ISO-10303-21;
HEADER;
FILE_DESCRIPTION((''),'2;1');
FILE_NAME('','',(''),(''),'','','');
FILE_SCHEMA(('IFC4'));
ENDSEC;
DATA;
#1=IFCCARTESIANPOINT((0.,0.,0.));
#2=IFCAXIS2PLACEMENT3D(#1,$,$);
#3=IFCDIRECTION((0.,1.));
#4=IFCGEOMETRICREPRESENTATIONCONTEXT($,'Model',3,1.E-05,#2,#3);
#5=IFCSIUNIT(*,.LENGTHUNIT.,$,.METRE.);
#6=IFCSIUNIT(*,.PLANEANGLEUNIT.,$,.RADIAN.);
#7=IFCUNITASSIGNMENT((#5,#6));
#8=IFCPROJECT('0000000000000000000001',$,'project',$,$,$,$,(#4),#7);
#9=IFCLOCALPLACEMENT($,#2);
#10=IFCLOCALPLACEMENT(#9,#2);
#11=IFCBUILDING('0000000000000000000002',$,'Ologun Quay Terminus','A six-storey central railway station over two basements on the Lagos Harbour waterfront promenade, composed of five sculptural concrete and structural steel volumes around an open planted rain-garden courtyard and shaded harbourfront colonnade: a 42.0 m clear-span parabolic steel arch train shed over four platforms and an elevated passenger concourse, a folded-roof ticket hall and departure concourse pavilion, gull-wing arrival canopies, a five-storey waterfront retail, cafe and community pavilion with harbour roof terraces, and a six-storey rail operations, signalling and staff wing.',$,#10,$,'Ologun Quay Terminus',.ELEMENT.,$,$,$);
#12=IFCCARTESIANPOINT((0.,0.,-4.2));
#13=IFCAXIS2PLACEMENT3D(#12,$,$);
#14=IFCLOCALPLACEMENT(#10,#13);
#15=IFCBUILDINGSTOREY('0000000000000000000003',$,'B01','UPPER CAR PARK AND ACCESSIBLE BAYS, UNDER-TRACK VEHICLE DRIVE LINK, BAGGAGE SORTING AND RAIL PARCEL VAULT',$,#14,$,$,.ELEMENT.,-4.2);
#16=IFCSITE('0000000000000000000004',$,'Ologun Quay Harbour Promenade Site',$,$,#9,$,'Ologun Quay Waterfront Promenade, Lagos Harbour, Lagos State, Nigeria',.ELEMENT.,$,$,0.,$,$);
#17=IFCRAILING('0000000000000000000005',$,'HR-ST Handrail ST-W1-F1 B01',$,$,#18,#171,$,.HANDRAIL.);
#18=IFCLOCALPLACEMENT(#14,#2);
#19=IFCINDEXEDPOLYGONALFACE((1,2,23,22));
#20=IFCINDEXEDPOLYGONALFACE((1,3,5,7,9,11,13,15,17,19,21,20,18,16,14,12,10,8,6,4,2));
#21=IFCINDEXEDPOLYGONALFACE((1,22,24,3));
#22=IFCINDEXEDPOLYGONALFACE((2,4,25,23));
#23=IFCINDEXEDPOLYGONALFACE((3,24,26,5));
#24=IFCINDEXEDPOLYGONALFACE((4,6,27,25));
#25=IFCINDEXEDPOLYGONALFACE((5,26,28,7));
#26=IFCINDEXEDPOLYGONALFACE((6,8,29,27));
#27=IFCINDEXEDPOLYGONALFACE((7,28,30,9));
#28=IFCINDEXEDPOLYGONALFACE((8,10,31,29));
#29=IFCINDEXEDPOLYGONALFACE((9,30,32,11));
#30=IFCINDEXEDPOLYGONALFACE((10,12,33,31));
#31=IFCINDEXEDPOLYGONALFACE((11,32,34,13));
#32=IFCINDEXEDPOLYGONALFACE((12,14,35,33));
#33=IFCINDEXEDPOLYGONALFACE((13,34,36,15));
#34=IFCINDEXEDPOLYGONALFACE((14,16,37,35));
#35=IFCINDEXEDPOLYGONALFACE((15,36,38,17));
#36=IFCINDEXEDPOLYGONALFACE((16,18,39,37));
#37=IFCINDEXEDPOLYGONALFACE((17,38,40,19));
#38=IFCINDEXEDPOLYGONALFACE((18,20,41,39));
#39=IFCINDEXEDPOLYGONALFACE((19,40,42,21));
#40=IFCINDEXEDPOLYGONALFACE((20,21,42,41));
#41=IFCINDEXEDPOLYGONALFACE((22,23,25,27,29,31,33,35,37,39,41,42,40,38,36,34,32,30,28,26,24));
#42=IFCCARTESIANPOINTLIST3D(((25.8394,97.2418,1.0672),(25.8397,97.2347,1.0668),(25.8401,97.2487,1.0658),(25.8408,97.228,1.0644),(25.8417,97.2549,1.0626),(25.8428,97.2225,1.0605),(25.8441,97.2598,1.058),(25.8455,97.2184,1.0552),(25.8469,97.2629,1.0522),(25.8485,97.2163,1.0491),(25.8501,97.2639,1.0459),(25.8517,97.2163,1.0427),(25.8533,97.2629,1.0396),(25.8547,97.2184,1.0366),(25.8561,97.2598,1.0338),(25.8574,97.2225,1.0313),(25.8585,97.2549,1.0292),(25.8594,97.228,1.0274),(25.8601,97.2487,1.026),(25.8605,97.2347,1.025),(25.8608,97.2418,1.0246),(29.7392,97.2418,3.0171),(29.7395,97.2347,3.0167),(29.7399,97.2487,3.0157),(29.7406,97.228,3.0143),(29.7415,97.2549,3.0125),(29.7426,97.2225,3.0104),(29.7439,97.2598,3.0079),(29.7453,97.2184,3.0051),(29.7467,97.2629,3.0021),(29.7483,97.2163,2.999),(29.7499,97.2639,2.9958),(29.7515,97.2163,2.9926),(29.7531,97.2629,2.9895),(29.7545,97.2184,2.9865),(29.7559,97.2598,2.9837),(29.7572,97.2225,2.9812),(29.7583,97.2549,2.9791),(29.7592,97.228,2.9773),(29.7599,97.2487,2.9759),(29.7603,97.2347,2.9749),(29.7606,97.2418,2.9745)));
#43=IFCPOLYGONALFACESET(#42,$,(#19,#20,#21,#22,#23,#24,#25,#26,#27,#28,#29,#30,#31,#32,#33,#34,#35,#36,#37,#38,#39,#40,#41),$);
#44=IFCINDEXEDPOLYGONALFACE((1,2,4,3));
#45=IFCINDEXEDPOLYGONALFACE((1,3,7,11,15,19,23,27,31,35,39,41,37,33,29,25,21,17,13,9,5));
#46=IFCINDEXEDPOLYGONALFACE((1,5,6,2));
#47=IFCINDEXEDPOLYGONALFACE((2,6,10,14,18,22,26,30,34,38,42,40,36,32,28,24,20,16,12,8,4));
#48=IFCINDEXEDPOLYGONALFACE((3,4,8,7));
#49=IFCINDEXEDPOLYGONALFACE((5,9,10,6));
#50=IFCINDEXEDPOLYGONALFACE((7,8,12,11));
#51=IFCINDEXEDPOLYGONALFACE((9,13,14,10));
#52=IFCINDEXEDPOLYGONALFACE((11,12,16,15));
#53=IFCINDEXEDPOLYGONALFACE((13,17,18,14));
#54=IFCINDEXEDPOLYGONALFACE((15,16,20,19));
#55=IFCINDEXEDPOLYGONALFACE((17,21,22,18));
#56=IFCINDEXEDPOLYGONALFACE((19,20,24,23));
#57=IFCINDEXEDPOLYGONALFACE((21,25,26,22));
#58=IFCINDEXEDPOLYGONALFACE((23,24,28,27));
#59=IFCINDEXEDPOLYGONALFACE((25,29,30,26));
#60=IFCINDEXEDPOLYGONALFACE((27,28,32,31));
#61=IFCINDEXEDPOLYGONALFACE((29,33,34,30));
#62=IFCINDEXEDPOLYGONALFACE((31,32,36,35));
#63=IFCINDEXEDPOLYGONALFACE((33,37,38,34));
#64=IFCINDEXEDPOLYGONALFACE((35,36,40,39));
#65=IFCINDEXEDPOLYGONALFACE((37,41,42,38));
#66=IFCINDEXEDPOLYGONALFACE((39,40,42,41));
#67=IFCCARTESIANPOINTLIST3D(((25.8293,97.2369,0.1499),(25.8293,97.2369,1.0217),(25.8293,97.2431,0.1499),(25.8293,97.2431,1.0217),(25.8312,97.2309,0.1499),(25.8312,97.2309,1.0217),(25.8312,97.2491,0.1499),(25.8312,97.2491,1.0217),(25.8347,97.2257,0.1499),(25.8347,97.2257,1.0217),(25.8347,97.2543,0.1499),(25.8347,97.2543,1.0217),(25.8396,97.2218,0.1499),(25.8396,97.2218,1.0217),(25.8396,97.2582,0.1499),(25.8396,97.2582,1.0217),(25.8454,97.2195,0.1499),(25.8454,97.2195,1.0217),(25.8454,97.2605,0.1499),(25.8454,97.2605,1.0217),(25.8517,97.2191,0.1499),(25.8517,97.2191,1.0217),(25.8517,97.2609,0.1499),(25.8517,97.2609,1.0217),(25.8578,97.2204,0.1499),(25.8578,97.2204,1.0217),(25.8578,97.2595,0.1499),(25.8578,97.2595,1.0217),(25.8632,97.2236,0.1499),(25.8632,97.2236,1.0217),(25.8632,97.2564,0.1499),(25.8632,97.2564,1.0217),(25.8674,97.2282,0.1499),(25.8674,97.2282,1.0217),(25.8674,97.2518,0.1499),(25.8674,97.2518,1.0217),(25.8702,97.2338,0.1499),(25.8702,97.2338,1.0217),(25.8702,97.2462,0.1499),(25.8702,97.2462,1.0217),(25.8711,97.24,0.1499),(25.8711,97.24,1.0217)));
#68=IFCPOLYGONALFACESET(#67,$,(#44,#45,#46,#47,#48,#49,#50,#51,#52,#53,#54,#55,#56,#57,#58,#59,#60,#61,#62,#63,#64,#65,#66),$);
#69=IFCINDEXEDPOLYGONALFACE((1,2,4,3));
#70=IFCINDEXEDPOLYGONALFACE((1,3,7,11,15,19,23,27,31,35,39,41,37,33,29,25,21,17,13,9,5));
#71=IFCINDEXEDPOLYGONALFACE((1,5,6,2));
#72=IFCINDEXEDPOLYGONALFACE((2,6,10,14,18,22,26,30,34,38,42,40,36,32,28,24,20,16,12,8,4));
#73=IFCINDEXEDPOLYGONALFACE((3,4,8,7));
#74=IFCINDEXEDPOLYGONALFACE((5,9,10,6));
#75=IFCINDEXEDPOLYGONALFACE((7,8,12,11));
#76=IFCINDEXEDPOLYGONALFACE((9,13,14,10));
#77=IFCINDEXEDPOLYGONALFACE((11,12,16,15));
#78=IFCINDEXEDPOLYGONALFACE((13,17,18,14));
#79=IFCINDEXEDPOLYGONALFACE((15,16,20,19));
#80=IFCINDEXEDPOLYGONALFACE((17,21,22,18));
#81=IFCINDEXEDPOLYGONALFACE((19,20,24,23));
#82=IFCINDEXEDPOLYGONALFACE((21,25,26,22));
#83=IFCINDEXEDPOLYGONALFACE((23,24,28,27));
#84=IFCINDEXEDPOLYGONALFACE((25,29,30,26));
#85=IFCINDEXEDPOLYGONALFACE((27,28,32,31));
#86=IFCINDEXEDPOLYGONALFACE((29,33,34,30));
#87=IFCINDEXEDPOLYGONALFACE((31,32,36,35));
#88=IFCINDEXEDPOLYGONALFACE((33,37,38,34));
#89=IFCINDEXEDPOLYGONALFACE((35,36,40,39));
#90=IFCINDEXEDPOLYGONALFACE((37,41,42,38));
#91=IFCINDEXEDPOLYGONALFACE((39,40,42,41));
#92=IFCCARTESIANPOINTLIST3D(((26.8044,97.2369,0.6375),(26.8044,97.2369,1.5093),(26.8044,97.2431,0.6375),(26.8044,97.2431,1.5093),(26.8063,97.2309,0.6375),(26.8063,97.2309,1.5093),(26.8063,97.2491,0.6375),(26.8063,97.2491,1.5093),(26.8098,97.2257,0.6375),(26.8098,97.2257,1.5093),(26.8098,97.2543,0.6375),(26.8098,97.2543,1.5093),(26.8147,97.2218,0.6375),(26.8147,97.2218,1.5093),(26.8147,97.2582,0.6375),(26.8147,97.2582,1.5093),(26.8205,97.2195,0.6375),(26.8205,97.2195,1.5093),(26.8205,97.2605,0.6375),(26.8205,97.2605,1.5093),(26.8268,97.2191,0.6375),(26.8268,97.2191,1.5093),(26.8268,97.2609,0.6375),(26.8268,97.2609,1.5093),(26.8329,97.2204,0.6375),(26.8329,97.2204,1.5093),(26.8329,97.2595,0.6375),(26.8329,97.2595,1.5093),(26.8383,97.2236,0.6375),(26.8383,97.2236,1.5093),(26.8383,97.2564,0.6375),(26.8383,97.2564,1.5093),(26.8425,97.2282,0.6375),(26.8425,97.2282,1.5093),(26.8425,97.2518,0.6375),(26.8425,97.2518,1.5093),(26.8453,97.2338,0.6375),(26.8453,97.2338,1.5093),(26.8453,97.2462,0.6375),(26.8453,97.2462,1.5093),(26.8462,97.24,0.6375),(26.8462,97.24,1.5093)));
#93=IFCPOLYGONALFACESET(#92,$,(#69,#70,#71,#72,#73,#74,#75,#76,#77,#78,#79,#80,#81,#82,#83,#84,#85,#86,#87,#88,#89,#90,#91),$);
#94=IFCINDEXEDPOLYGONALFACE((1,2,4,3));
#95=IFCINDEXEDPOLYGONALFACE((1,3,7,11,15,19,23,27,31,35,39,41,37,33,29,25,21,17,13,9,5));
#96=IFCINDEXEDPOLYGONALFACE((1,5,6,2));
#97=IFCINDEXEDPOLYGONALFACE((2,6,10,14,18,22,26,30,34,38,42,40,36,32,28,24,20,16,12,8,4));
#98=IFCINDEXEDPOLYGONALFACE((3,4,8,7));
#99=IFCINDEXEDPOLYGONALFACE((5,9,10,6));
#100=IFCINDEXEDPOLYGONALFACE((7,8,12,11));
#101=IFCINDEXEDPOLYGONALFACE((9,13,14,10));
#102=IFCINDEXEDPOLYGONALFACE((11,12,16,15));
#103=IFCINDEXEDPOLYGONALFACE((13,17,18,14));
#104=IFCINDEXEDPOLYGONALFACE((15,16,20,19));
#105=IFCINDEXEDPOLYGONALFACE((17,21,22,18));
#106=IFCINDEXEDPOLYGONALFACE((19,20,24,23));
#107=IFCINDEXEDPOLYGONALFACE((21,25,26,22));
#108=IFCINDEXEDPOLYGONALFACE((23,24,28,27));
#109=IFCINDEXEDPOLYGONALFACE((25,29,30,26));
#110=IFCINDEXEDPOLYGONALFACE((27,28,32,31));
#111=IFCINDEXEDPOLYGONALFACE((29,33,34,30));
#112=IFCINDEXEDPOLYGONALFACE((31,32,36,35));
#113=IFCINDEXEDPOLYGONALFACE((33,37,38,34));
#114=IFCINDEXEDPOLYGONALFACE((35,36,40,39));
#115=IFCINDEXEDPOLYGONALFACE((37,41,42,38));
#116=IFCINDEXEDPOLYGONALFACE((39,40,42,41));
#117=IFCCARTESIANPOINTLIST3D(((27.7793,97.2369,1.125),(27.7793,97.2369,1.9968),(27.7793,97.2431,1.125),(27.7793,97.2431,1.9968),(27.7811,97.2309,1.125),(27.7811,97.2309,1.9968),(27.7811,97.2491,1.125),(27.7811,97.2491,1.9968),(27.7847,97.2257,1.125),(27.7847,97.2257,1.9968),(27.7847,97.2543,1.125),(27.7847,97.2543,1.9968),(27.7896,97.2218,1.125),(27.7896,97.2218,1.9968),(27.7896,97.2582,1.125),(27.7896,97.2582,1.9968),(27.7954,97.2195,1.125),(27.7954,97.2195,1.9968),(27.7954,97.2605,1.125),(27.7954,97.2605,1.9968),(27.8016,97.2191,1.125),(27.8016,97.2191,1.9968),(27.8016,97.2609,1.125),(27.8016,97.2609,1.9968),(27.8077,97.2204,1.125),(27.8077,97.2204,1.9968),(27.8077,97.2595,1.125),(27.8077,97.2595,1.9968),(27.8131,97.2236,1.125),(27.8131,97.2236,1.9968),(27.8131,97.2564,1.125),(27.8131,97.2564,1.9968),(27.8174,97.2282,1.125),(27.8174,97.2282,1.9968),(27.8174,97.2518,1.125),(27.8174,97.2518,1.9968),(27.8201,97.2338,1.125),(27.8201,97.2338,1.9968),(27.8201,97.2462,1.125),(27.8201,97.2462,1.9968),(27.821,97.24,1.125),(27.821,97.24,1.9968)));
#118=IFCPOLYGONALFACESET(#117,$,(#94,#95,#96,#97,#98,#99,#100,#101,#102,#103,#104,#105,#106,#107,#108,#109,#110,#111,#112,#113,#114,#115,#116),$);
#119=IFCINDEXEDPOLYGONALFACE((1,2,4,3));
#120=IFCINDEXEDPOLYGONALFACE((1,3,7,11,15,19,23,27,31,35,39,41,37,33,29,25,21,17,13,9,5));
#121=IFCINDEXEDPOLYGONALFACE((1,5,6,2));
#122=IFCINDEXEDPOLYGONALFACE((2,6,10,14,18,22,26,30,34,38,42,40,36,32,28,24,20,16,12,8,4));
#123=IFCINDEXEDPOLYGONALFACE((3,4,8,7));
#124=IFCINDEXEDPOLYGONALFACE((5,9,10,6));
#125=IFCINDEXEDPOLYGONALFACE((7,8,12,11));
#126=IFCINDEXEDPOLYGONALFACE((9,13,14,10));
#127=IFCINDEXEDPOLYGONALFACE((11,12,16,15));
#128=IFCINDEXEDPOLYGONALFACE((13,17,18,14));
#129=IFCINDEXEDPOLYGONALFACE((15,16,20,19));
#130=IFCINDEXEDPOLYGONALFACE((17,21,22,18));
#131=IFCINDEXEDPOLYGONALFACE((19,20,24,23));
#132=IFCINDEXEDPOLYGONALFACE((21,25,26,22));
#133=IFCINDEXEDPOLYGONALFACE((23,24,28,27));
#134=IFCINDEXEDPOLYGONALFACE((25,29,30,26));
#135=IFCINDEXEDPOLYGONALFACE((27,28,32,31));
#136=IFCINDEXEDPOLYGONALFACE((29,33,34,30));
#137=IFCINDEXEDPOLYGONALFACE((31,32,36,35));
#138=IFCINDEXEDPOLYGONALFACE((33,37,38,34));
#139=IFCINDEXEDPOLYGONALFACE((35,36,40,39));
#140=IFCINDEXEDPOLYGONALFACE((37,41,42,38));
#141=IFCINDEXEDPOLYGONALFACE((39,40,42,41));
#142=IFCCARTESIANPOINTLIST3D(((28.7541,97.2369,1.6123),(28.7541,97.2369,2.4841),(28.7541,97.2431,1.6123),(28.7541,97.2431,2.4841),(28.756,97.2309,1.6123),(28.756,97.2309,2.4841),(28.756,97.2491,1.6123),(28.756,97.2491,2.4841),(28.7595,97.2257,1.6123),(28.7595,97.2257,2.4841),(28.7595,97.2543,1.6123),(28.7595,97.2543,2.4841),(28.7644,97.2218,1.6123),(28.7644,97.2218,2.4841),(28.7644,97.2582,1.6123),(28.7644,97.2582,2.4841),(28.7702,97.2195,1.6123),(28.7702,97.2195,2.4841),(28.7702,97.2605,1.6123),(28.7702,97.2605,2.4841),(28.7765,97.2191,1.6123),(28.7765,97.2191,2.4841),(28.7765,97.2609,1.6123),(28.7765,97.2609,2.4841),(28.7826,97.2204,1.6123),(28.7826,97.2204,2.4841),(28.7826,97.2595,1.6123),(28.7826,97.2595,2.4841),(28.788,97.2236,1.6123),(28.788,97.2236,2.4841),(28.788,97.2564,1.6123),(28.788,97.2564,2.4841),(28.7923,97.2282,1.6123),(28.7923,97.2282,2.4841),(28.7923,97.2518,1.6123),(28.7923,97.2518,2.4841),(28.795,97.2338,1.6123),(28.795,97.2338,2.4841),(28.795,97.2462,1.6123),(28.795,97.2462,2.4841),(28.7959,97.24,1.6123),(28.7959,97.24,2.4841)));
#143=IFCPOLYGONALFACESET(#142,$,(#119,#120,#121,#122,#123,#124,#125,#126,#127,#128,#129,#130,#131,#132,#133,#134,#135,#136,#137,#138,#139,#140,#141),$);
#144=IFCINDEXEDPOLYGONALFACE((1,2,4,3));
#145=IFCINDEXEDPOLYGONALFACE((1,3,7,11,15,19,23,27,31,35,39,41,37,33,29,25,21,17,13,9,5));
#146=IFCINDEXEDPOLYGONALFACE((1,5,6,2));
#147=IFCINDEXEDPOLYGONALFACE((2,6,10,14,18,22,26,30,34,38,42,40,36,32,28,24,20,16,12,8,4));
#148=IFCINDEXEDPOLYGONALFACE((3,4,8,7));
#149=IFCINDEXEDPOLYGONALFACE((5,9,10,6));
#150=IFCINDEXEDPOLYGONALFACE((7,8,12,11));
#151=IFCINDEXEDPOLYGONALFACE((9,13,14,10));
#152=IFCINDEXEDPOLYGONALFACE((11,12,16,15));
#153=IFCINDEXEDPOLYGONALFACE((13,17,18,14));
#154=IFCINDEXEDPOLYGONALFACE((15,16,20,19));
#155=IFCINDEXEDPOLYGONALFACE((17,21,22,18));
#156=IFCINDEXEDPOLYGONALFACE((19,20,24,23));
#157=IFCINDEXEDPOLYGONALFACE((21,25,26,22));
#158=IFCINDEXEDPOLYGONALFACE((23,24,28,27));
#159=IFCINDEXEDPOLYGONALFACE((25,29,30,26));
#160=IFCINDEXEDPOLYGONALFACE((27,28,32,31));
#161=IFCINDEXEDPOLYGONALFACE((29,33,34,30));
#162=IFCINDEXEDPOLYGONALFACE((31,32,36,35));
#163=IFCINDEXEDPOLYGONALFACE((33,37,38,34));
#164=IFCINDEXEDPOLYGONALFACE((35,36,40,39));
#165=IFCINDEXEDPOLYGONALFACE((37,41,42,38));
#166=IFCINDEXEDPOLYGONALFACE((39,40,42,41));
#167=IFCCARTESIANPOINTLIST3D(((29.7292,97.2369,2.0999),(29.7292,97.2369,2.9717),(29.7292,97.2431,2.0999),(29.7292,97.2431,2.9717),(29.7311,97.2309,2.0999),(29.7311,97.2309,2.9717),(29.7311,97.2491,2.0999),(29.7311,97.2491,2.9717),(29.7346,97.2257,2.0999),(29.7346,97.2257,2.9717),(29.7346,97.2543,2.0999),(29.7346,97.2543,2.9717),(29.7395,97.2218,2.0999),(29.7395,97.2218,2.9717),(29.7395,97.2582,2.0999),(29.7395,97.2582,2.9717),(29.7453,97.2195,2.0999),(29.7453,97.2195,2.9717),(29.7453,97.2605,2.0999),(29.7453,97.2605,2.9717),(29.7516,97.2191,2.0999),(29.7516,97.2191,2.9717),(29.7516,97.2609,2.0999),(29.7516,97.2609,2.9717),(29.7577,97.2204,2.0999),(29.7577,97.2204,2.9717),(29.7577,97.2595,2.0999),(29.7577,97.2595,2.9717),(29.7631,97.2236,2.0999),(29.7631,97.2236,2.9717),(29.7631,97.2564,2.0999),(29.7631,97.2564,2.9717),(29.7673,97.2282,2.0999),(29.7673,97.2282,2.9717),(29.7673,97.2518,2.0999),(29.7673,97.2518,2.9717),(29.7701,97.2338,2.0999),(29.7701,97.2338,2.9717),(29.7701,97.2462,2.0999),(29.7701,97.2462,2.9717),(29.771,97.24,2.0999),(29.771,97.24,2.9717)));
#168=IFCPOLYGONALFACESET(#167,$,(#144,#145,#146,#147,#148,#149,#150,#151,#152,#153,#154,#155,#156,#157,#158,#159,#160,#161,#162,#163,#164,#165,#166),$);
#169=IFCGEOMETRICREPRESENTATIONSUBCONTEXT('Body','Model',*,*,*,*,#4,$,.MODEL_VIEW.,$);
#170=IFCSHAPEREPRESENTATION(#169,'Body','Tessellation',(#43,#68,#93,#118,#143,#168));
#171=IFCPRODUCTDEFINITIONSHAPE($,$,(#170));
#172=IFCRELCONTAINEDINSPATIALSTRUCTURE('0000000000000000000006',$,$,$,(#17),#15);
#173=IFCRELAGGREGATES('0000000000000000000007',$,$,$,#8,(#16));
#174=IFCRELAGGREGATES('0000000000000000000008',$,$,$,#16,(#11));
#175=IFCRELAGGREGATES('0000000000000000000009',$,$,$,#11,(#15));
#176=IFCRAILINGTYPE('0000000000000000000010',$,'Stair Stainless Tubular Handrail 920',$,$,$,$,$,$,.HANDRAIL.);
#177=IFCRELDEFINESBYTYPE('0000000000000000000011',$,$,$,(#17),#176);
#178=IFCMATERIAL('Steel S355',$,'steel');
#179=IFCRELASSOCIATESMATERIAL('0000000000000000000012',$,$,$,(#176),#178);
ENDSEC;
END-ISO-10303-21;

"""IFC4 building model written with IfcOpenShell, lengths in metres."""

from ifc_helpers import new_model, si_unit, direction, frame, origin, origin_2d, place, context, subcontext, project, spatial, circle, extrude, material, type_object, element, save


model = new_model("IFC4")

# Units and contexts
model_context = context("Model", 3, precision=1e-05, world=origin(), true_north=direction((0.0, 1.0)))
body_context = subcontext(model_context, "Body", "Model", "MODEL_VIEW")
ifc_project = project(units=[si_unit("LENGTHUNIT", "METRE"), si_unit("PLANEANGLEUNIT", "RADIAN")], contexts=[model_context])

# Site, building, storey
site_placement = place(None, origin())
site = spatial("IfcSite", under=ifc_project, at=site_placement, Name="Ologun Quay Harbour Promenade Site", LongName="Ologun Quay Waterfront Promenade, Lagos Harbour, Lagos State, Nigeria", CompositionType="ELEMENT", RefElevation=0.0)
building_placement = place(site_placement, origin())
building = spatial("IfcBuilding", under=site, at=building_placement, Name="Ologun Quay Terminus", Description="A six-storey central railway station over two basements on the Lagos Harbour waterfront promenade, composed of five sculptural concrete and structural steel volumes around an open planted rain-garden courtyard and shaded harbourfront colonnade: a 42.0 m clear-span parabolic steel arch train shed over four platforms and an elevated passenger concourse, a folded-roof ticket hall and departure concourse pavilion, gull-wing arrival canopies, a five-storey waterfront retail, cafe and community pavilion with harbour roof terraces, and a six-storey rail operations, signalling and staff wing.", LongName="Ologun Quay Terminus", CompositionType="ELEMENT")
storey_placement = place(building_placement, frame((0.0, 0.0, -4.2)))
storey = spatial("IfcBuildingStorey", under=building, at=storey_placement, Name="B01", Description="UPPER CAR PARK AND ACCESSIBLE BAYS, UNDER-TRACK VEHICLE DRIVE LINK, BAGGAGE SORTING AND RAIL PARCEL VAULT", CompositionType="ELEMENT", Elevation=-4.2)

# Railing
ifc_material_1 = material(Name="Steel S355", Category="steel")
railing_type_1 = type_object("IfcRailingType", Name="Stair Stainless Tubular Handrail 920", PredefinedType="HANDRAIL", material=ifc_material_1)
railing_1_placement = place(storey_placement, frame((25.8501, 97.24, 0.1499)))
element("IfcRailing", 1, at=railing_1_placement, inside=storey, type_object=railing_type_1, Name="HR-ST Handrail ST-W1-F1 B01", PredefinedType="HANDRAIL", context=body_context, shape_type="SweptSolid", body=[
    extrude(circle(Radius=0.0239, at=origin_2d()), frame((0.0, 0.0, 0.896), z_axis=(0.894427, 0.0, 0.447214), x_axis=(0.0, 1.0, 0.0)), (0.0, 0.0, 1.0), 4.3601),
    extrude(circle(Radius=0.021, at=origin_2d()), origin(), (0.0, 0.0, 1.0), 0.8718),
    extrude(circle(Radius=0.021, at=origin_2d()), frame((0.9751, 0.0, 0.4875)), (0.0, 0.0, 1.0), 0.8718),
    extrude(circle(Radius=0.021, at=origin_2d()), frame((1.95, 0.0, 0.9751)), (0.0, 0.0, 1.0), 0.8718),
    extrude(circle(Radius=0.021, at=origin_2d()), frame((2.9248, 0.0, 1.4624)), (0.0, 0.0, 1.0), 0.8718),
    extrude(circle(Radius=0.021, at=origin_2d()), frame((3.8999, 0.0, 1.95)), (0.0, 0.0, 1.0), 0.8718),
])

save(model, "model.ifc")
